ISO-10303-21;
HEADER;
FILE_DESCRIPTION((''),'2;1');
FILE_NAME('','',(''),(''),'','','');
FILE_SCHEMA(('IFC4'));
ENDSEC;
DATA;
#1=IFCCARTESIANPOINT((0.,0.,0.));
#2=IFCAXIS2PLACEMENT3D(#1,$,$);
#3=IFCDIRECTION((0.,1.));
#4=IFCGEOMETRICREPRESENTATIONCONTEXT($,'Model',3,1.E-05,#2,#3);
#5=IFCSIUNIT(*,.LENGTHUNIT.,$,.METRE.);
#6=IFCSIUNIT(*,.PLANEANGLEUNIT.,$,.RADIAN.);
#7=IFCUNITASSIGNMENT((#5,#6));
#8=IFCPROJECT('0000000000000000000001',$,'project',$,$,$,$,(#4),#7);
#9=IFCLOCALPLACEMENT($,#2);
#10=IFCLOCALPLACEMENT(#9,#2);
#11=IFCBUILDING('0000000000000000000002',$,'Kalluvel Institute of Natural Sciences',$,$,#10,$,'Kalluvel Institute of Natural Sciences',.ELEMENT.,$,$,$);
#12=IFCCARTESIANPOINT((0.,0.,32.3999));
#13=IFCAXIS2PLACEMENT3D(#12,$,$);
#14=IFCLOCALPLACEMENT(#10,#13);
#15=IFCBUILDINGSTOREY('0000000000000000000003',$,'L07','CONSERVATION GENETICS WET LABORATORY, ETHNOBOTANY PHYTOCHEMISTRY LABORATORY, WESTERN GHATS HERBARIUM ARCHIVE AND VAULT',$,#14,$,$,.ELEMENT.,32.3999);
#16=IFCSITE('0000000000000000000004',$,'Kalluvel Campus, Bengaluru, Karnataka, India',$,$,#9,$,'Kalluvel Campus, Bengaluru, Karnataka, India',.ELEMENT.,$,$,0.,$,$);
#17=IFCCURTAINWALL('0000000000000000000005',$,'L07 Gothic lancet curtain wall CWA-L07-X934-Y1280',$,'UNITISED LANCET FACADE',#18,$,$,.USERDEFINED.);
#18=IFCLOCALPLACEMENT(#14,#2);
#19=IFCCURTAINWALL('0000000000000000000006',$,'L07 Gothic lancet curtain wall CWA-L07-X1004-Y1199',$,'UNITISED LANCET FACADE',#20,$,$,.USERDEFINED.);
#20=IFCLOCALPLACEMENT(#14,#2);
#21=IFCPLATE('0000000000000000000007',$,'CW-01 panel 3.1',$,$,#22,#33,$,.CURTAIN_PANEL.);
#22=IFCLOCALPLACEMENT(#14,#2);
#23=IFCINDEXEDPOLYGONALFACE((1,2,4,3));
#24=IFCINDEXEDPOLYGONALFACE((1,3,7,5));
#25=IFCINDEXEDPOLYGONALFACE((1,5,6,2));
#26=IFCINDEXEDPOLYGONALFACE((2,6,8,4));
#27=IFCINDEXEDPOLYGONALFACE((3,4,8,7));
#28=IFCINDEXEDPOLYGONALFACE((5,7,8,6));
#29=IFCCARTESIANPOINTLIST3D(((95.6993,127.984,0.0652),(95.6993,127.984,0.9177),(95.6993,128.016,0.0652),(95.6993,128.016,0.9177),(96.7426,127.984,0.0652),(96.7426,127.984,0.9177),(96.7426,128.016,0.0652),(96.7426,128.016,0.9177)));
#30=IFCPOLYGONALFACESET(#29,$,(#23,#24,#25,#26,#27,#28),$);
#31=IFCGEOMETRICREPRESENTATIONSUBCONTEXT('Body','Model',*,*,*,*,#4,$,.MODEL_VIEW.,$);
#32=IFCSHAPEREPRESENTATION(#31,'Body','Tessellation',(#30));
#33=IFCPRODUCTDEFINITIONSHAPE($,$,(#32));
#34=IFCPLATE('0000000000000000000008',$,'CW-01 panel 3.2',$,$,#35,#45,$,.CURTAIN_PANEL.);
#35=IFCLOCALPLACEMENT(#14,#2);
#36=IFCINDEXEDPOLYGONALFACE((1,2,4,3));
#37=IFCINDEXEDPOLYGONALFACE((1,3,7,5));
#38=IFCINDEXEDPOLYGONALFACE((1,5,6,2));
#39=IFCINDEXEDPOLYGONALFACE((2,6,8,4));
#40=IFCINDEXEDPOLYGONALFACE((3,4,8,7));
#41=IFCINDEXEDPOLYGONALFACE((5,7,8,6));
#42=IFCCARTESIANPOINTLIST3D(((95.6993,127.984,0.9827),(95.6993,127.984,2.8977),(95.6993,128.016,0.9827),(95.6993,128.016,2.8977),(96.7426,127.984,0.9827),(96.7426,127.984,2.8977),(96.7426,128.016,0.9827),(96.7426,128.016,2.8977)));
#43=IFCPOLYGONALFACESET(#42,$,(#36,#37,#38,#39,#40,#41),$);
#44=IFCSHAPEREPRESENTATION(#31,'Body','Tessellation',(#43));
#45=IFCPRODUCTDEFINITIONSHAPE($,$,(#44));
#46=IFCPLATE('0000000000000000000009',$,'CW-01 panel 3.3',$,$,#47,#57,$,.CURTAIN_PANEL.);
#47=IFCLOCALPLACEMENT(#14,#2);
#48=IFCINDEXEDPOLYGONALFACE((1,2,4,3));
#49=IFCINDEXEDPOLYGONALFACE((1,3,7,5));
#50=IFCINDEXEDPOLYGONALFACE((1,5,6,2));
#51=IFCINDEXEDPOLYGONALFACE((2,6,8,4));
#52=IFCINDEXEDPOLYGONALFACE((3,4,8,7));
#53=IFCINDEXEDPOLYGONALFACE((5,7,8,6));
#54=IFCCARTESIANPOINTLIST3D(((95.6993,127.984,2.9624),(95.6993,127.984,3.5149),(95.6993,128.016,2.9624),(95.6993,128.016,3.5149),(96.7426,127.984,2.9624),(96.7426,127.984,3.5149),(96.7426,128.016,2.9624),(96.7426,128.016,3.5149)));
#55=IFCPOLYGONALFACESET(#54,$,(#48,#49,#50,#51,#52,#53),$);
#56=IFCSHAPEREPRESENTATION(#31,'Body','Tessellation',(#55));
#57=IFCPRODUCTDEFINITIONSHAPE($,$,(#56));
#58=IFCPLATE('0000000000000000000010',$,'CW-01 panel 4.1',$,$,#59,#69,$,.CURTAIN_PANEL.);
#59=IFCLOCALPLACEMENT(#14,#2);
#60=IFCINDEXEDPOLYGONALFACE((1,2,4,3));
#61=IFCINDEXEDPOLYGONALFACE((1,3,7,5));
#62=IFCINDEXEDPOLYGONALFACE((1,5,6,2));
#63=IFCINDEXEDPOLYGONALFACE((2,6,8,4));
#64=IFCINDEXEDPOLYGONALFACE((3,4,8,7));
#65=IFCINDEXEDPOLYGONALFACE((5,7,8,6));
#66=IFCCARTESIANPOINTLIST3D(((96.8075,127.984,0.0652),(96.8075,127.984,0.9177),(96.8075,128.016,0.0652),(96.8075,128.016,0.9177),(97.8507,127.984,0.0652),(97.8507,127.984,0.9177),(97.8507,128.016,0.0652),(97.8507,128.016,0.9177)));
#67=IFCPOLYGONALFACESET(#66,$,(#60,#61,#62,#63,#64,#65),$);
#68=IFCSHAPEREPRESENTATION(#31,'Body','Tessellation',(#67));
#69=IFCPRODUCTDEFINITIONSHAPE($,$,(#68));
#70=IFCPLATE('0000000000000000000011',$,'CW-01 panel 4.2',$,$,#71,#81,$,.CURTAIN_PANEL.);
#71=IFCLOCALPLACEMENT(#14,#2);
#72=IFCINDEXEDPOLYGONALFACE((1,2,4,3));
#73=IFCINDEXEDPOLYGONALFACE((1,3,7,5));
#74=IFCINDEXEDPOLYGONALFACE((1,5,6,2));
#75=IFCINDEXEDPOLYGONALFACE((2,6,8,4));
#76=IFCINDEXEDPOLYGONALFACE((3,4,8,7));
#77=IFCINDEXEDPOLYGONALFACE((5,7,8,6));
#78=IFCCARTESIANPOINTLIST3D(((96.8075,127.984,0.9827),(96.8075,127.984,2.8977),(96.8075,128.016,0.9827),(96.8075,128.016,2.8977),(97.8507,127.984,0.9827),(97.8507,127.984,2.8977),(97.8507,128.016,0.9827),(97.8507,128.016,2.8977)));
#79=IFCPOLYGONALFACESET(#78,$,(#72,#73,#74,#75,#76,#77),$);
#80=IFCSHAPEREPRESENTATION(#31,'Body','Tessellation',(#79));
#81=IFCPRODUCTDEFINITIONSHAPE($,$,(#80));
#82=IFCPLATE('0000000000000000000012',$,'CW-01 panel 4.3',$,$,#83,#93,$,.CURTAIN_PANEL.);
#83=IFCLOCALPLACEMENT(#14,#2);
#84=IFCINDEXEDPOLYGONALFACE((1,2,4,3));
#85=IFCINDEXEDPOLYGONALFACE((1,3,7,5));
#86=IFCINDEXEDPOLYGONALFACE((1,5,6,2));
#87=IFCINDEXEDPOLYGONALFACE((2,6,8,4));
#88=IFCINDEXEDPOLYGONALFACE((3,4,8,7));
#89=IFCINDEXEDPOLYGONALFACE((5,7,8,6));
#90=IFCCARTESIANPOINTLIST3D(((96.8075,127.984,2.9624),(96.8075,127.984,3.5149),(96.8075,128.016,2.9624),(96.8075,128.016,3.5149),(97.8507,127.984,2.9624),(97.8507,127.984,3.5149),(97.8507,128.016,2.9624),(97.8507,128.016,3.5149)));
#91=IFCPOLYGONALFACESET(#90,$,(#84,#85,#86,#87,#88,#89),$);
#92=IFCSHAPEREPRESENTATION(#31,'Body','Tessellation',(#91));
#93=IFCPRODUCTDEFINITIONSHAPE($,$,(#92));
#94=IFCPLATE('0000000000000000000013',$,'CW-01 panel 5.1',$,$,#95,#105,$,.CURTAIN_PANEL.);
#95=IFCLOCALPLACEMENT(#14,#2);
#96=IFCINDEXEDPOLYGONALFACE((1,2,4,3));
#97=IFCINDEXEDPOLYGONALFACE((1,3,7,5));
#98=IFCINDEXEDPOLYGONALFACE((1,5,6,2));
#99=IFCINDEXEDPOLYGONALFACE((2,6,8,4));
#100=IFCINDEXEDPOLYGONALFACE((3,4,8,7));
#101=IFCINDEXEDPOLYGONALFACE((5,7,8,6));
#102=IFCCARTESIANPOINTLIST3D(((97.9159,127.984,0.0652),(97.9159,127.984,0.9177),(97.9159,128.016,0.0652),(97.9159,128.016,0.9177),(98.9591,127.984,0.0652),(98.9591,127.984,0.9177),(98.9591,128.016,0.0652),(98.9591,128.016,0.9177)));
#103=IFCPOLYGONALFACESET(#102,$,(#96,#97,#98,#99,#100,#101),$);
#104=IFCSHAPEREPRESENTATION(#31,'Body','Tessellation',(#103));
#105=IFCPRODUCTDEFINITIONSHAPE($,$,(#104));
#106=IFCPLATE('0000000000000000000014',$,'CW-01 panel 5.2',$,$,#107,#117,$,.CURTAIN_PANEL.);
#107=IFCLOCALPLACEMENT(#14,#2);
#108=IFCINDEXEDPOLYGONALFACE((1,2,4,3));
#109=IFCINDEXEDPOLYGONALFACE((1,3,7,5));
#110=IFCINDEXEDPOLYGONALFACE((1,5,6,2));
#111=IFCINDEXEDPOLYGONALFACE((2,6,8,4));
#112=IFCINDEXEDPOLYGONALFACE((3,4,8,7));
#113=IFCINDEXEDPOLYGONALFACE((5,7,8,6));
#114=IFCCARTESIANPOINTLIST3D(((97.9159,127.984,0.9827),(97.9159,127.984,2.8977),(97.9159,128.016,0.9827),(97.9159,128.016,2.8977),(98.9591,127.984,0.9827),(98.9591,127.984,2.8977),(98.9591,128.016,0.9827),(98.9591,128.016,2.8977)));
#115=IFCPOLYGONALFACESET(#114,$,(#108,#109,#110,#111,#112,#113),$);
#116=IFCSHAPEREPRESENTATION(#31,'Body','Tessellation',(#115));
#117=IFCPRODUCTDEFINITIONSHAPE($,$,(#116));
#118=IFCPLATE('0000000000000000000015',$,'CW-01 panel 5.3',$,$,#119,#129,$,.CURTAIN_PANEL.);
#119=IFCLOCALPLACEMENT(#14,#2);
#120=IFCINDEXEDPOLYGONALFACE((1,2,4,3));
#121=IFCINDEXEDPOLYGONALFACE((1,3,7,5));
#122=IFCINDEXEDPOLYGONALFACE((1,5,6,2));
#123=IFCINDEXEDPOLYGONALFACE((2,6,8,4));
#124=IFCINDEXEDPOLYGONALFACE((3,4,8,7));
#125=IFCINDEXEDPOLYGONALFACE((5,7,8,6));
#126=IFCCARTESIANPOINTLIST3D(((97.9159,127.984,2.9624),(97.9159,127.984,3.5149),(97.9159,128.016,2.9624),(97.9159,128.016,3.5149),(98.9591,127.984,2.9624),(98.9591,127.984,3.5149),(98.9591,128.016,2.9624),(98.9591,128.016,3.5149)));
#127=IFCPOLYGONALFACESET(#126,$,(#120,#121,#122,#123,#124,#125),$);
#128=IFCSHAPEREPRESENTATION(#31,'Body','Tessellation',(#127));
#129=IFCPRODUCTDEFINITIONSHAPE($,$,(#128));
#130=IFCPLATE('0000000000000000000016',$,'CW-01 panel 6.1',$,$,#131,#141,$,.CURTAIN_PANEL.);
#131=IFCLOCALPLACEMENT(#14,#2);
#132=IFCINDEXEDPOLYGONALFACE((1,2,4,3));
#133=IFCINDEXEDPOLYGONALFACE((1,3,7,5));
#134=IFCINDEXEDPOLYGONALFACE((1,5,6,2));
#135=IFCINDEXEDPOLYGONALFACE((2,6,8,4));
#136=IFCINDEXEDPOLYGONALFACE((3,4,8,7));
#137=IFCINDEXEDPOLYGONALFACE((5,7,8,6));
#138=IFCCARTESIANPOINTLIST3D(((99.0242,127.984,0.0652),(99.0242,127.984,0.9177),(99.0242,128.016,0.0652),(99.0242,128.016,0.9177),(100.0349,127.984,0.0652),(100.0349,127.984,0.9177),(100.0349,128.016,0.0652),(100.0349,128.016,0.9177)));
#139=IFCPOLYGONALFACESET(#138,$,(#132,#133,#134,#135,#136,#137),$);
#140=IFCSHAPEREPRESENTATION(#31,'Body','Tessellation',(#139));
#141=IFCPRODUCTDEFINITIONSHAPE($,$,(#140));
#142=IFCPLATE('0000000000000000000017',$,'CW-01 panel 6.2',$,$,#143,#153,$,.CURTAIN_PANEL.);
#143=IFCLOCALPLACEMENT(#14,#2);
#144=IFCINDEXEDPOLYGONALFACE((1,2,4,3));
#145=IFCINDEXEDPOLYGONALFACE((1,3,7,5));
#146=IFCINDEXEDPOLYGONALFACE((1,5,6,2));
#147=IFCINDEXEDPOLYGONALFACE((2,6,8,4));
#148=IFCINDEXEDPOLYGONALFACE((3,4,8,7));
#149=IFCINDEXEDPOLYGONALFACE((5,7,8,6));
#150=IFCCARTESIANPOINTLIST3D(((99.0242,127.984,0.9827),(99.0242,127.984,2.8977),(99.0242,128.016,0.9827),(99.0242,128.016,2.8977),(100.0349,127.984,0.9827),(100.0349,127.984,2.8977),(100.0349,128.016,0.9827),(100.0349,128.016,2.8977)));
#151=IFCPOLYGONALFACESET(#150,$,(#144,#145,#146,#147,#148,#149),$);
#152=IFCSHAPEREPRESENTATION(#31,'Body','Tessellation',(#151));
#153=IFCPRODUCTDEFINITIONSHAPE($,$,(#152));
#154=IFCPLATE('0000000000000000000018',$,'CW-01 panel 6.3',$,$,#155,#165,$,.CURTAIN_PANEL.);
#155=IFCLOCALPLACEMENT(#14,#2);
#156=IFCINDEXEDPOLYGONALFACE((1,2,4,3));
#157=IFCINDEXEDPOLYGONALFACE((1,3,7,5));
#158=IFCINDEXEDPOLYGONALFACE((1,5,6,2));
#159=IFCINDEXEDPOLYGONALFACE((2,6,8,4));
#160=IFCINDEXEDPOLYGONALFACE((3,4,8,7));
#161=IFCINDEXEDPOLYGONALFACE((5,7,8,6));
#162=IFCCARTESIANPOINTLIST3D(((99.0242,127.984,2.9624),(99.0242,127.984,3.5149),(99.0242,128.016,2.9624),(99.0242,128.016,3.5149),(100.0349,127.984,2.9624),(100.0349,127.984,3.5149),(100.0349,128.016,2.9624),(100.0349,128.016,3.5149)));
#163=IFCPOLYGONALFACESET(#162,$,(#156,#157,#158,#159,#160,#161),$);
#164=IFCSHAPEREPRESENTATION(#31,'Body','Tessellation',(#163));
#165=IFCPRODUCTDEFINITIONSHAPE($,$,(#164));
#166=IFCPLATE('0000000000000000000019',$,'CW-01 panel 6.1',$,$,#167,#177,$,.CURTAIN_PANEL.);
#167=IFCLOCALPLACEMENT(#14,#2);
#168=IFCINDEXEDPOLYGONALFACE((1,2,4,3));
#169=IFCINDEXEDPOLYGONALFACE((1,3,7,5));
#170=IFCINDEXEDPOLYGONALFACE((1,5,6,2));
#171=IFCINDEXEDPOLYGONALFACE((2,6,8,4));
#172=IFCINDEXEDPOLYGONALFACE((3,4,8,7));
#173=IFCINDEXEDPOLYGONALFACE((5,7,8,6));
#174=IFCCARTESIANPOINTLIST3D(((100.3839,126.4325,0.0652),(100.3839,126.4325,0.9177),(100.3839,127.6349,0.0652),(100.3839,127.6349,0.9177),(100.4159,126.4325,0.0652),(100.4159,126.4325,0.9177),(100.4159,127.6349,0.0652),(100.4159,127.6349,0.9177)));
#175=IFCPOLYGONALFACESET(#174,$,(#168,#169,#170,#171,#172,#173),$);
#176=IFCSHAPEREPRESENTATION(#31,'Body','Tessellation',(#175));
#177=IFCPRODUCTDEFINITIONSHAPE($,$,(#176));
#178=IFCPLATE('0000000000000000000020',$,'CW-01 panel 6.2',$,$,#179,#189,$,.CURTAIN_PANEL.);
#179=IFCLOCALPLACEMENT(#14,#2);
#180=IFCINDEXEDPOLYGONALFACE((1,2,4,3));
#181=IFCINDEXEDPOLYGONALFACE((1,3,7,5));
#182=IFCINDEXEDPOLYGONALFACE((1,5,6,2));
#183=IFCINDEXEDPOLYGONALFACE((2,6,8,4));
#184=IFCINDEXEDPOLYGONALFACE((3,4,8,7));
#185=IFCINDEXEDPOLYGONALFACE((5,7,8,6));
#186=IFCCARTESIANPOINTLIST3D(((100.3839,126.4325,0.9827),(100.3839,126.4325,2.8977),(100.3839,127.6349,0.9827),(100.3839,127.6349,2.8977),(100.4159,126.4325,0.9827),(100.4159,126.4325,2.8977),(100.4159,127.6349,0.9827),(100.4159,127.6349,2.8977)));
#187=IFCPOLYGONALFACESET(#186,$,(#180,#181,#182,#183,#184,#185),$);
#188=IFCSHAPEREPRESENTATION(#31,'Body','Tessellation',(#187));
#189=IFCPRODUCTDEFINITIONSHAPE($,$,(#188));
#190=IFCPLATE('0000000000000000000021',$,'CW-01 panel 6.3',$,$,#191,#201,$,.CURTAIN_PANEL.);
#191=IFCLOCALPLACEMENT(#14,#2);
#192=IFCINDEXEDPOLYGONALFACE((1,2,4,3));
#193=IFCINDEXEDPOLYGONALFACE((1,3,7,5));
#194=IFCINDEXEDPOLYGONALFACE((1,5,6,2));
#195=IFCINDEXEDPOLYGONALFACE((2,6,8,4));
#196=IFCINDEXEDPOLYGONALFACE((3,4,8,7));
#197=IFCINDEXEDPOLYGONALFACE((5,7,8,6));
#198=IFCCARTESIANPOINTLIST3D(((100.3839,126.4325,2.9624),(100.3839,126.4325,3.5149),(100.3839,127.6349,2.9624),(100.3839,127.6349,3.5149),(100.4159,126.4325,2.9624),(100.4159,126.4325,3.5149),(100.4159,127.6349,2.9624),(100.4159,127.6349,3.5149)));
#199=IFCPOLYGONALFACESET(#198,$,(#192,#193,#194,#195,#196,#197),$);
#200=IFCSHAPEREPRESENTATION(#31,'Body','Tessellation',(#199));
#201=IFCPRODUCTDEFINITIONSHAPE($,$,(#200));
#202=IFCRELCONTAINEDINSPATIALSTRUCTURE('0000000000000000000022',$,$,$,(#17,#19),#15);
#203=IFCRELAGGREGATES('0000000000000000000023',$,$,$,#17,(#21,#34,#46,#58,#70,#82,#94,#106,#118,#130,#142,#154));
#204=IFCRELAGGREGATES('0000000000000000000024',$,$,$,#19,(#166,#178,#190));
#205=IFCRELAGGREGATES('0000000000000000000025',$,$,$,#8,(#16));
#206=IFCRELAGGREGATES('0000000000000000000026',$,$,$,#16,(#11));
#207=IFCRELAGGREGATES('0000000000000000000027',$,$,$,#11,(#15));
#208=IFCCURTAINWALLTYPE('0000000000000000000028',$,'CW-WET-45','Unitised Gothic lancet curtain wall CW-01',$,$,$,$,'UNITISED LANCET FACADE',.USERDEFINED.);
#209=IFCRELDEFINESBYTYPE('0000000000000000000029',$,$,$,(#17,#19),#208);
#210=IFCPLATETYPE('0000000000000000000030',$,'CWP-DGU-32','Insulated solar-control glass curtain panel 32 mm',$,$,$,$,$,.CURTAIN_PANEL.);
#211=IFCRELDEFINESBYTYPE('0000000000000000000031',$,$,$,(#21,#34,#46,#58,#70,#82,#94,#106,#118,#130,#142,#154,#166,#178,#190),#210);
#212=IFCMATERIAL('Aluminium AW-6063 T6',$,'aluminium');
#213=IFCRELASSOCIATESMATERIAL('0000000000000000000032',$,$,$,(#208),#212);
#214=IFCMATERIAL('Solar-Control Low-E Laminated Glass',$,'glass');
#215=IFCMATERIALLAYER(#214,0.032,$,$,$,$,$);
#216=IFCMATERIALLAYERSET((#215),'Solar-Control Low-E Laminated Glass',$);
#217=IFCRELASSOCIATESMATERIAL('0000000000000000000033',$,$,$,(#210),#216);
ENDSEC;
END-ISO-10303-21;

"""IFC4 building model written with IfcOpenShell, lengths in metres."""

from ifc_helpers import new_model, si_unit, direction, frame, origin, origin_2d, place, context, subcontext, project, spatial, rectangle, extrude, material, layer, layer_set, type_object, element, aggregate, save


model = new_model("IFC4")

# Units and contexts
model_context = context("Model", 3, precision=1e-05, world=origin(), true_north=direction((0.0, 1.0)))
body_context = subcontext(model_context, "Body", "Model", "MODEL_VIEW")
ifc_project = project(units=[si_unit("LENGTHUNIT", "METRE"), si_unit("PLANEANGLEUNIT", "RADIAN")], contexts=[model_context])

# Site, building, storey
site_placement = place(None, origin())
site = spatial("IfcSite", under=ifc_project, at=site_placement, Name="Kalluvel Campus, Bengaluru, Karnataka, India", LongName="Kalluvel Campus, Bengaluru, Karnataka, India", CompositionType="ELEMENT", RefElevation=0.0)
building_placement = place(site_placement, origin())
building = spatial("IfcBuilding", under=site, at=building_placement, Name="Kalluvel Institute of Natural Sciences", LongName="Kalluvel Institute of Natural Sciences", CompositionType="ELEMENT")
storey_placement = place(building_placement, frame((0.0, 0.0, 32.3999)))
storey = spatial("IfcBuildingStorey", under=building, at=storey_placement, Name="L07", Description="CONSERVATION GENETICS WET LABORATORY, ETHNOBOTANY PHYTOCHEMISTRY LABORATORY, WESTERN GHATS HERBARIUM ARCHIVE AND VAULT", CompositionType="ELEMENT", Elevation=32.3999)

# Curtain wall
ifc_material_1 = material(Name="Aluminium AW-6063 T6", Category="aluminium")
curtain_wall_type = type_object("IfcCurtainWallType", Name="CW-WET-45", Description="Unitised Gothic lancet curtain wall CW-01", ElementType="UNITISED LANCET FACADE", PredefinedType="USERDEFINED", material=ifc_material_1)
curtain_wall_1_placement = place(storey_placement, origin())
curtain_wall_1 = element("IfcCurtainWall", 1, at=curtain_wall_1_placement, inside=storey, type_object=curtain_wall_type, Name="L07 Gothic lancet curtain wall CWA-L07-X934-Y1280", ObjectType="UNITISED LANCET FACADE", PredefinedType="USERDEFINED")

# Curtain wall
curtain_wall_2_placement = place(storey_placement, origin())
curtain_wall_2 = element("IfcCurtainWall", 2, at=curtain_wall_2_placement, inside=storey, type_object=curtain_wall_type, Name="L07 Gothic lancet curtain wall CWA-L07-X1004-Y1199", ObjectType="UNITISED LANCET FACADE", PredefinedType="USERDEFINED")

# Plates
ifc_material_2 = material(Name="Solar-Control Low-E Laminated Glass", Category="glass")
ifc_layer = layer(ifc_material_2, 0.032)
ifc_layer_set = layer_set([ifc_layer], Name="Solar-Control Low-E Laminated Glass")
plate_type = type_object("IfcPlateType", Name="CWP-DGU-32", Description="Insulated solar-control glass curtain panel 32 mm", PredefinedType="CURTAIN_PANEL", material=ifc_layer_set)
plate_1_placement = place(storey_placement, frame((96.2209, 128.0, 0.0652), z_axis=(0.0, 0.0, 1.0), x_axis=(1.0, 0.0, 0.0)))
plate_1 = element("IfcPlate", 3, at=plate_1_placement, type_object=plate_type, Name="CW-01 panel 3.1", PredefinedType="CURTAIN_PANEL", context=body_context, shape_type="SweptSolid", body=[
    extrude(rectangle(XDim=1.0432, YDim=0.032, at=origin_2d()), origin(), (0.0, 0.0, 1.0), 0.8525),
])
plate_2_placement = place(storey_placement, frame((96.2209, 128.0, 0.9827), z_axis=(0.0, 0.0, 1.0), x_axis=(1.0, 0.0, 0.0)))
plate_2 = element("IfcPlate", 4, at=plate_2_placement, type_object=plate_type, Name="CW-01 panel 3.2", PredefinedType="CURTAIN_PANEL", context=body_context, shape_type="SweptSolid", body=[
    extrude(rectangle(XDim=1.0432, YDim=0.032, at=origin_2d()), origin(), (0.0, 0.0, 1.0), 1.915),
])
plate_3_placement = place(storey_placement, frame((96.2209, 128.0, 2.9624), z_axis=(0.0, 0.0, 1.0), x_axis=(1.0, 0.0, 0.0)))
plate_3 = element("IfcPlate", 5, at=plate_3_placement, type_object=plate_type, Name="CW-01 panel 3.3", PredefinedType="CURTAIN_PANEL", context=body_context, shape_type="SweptSolid", body=[
    extrude(rectangle(XDim=1.0432, YDim=0.032, at=origin_2d()), origin(), (0.0, 0.0, 1.0), 0.5525),
])
plate_4_placement = place(storey_placement, frame((97.3291, 128.0, 0.0652), z_axis=(0.0, 0.0, 1.0), x_axis=(1.0, 0.0, 0.0)))
plate_4 = element("IfcPlate", 6, at=plate_4_placement, type_object=plate_type, Name="CW-01 panel 4.1", PredefinedType="CURTAIN_PANEL", context=body_context, shape_type="SweptSolid", body=[
    extrude(rectangle(XDim=1.0432, YDim=0.032, at=origin_2d()), origin(), (0.0, 0.0, 1.0), 0.8525),
])
plate_5_placement = place(storey_placement, frame((97.3291, 128.0, 0.9827), z_axis=(0.0, 0.0, 1.0), x_axis=(1.0, 0.0, 0.0)))
plate_5 = element("IfcPlate", 7, at=plate_5_placement, type_object=plate_type, Name="CW-01 panel 4.2", PredefinedType="CURTAIN_PANEL", context=body_context, shape_type="SweptSolid", body=[
    extrude(rectangle(XDim=1.0432, YDim=0.032, at=origin_2d()), origin(), (0.0, 0.0, 1.0), 1.915),
])
plate_6_placement = place(storey_placement, frame((97.3291, 128.0, 2.9624), z_axis=(0.0, 0.0, 1.0), x_axis=(1.0, 0.0, 0.0)))
plate_6 = element("IfcPlate", 8, at=plate_6_placement, type_object=plate_type, Name="CW-01 panel 4.3", PredefinedType="CURTAIN_PANEL", context=body_context, shape_type="SweptSolid", body=[
    extrude(rectangle(XDim=1.0432, YDim=0.032, at=origin_2d()), origin(), (0.0, 0.0, 1.0), 0.5525),
])
plate_7_placement = place(storey_placement, frame((98.4375, 128.0, 0.0652), z_axis=(0.0, 0.0, 1.0), x_axis=(1.0, 0.0, 0.0)))
plate_7 = element("IfcPlate", 9, at=plate_7_placement, type_object=plate_type, Name="CW-01 panel 5.1", PredefinedType="CURTAIN_PANEL", context=body_context, shape_type="SweptSolid", body=[
    extrude(rectangle(XDim=1.0432, YDim=0.032, at=origin_2d()), origin(), (0.0, 0.0, 1.0), 0.8525),
])
plate_8_placement = place(storey_placement, frame((98.4375, 128.0, 0.9827), z_axis=(0.0, 0.0, 1.0), x_axis=(1.0, 0.0, 0.0)))
plate_8 = element("IfcPlate", 10, at=plate_8_placement, type_object=plate_type, Name="CW-01 panel 5.2", PredefinedType="CURTAIN_PANEL", context=body_context, shape_type="SweptSolid", body=[
    extrude(rectangle(XDim=1.0432, YDim=0.032, at=origin_2d()), origin(), (0.0, 0.0, 1.0), 1.915),
])
plate_9_placement = place(storey_placement, frame((98.4375, 128.0, 2.9624), z_axis=(0.0, 0.0, 1.0), x_axis=(1.0, 0.0, 0.0)))
plate_9 = element("IfcPlate", 11, at=plate_9_placement, type_object=plate_type, Name="CW-01 panel 5.3", PredefinedType="CURTAIN_PANEL", context=body_context, shape_type="SweptSolid", body=[
    extrude(rectangle(XDim=1.0432, YDim=0.032, at=origin_2d()), origin(), (0.0, 0.0, 1.0), 0.5525),
])
plate_10_placement = place(storey_placement, frame((99.5295, 128.0, 0.0652), z_axis=(0.0, 0.0, 1.0), x_axis=(1.0, 0.0, 0.0)))
plate_10 = element("IfcPlate", 12, at=plate_10_placement, type_object=plate_type, Name="CW-01 panel 6.1", PredefinedType="CURTAIN_PANEL", context=body_context, shape_type="SweptSolid", body=[
    extrude(rectangle(XDim=1.0107, YDim=0.032, at=origin_2d()), origin(), (0.0, 0.0, 1.0), 0.8525),
])
plate_11_placement = place(storey_placement, frame((99.5295, 128.0, 0.9827), z_axis=(0.0, 0.0, 1.0), x_axis=(1.0, 0.0, 0.0)))
plate_11 = element("IfcPlate", 13, at=plate_11_placement, type_object=plate_type, Name="CW-01 panel 6.2", PredefinedType="CURTAIN_PANEL", context=body_context, shape_type="SweptSolid", body=[
    extrude(rectangle(XDim=1.0107, YDim=0.032, at=origin_2d()), origin(), (0.0, 0.0, 1.0), 1.915),
])
plate_12_placement = place(storey_placement, frame((99.5295, 128.0, 2.9624), z_axis=(0.0, 0.0, 1.0), x_axis=(1.0, 0.0, 0.0)))
plate_12 = element("IfcPlate", 14, at=plate_12_placement, type_object=plate_type, Name="CW-01 panel 6.3", PredefinedType="CURTAIN_PANEL", context=body_context, shape_type="SweptSolid", body=[
    extrude(rectangle(XDim=1.0107, YDim=0.032, at=origin_2d()), origin(), (0.0, 0.0, 1.0), 0.5525),
])
aggregate(curtain_wall_1, [plate_1, plate_2, plate_3, plate_4, plate_5, plate_6, plate_7, plate_8, plate_9, plate_10, plate_11, plate_12])
plate_13_placement = place(storey_placement, frame((100.3999, 127.0337, 0.0652), z_axis=(0.0, 0.0, 1.0), x_axis=(0.0, 1.0, 0.0)))
plate_13 = element("IfcPlate", 15, at=plate_13_placement, type_object=plate_type, Name="CW-01 panel 6.1", PredefinedType="CURTAIN_PANEL", context=body_context, shape_type="SweptSolid", body=[
    extrude(rectangle(XDim=1.2024, YDim=0.032, at=origin_2d()), origin(), (0.0, 0.0, 1.0), 0.8525),
])
plate_14_placement = place(storey_placement, frame((100.3999, 127.0337, 0.9827), z_axis=(0.0, 0.0, 1.0), x_axis=(0.0, 1.0, 0.0)))
plate_14 = element("IfcPlate", 16, at=plate_14_placement, type_object=plate_type, Name="CW-01 panel 6.2", PredefinedType="CURTAIN_PANEL", context=body_context, shape_type="SweptSolid", body=[
    extrude(rectangle(XDim=1.2024, YDim=0.032, at=origin_2d()), origin(), (0.0, 0.0, 1.0), 1.915),
])
plate_15_placement = place(storey_placement, frame((100.3999, 127.0337, 2.9624), z_axis=(0.0, 0.0, 1.0), x_axis=(0.0, 1.0, 0.0)))
plate_15 = element("IfcPlate", 17, at=plate_15_placement, type_object=plate_type, Name="CW-01 panel 6.3", PredefinedType="CURTAIN_PANEL", context=body_context, shape_type="SweptSolid", body=[
    extrude(rectangle(XDim=1.2024, YDim=0.032, at=origin_2d()), origin(), (0.0, 0.0, 1.0), 0.5525),
])
aggregate(curtain_wall_2, [plate_13, plate_14, plate_15])

save(model, "model.ifc")
